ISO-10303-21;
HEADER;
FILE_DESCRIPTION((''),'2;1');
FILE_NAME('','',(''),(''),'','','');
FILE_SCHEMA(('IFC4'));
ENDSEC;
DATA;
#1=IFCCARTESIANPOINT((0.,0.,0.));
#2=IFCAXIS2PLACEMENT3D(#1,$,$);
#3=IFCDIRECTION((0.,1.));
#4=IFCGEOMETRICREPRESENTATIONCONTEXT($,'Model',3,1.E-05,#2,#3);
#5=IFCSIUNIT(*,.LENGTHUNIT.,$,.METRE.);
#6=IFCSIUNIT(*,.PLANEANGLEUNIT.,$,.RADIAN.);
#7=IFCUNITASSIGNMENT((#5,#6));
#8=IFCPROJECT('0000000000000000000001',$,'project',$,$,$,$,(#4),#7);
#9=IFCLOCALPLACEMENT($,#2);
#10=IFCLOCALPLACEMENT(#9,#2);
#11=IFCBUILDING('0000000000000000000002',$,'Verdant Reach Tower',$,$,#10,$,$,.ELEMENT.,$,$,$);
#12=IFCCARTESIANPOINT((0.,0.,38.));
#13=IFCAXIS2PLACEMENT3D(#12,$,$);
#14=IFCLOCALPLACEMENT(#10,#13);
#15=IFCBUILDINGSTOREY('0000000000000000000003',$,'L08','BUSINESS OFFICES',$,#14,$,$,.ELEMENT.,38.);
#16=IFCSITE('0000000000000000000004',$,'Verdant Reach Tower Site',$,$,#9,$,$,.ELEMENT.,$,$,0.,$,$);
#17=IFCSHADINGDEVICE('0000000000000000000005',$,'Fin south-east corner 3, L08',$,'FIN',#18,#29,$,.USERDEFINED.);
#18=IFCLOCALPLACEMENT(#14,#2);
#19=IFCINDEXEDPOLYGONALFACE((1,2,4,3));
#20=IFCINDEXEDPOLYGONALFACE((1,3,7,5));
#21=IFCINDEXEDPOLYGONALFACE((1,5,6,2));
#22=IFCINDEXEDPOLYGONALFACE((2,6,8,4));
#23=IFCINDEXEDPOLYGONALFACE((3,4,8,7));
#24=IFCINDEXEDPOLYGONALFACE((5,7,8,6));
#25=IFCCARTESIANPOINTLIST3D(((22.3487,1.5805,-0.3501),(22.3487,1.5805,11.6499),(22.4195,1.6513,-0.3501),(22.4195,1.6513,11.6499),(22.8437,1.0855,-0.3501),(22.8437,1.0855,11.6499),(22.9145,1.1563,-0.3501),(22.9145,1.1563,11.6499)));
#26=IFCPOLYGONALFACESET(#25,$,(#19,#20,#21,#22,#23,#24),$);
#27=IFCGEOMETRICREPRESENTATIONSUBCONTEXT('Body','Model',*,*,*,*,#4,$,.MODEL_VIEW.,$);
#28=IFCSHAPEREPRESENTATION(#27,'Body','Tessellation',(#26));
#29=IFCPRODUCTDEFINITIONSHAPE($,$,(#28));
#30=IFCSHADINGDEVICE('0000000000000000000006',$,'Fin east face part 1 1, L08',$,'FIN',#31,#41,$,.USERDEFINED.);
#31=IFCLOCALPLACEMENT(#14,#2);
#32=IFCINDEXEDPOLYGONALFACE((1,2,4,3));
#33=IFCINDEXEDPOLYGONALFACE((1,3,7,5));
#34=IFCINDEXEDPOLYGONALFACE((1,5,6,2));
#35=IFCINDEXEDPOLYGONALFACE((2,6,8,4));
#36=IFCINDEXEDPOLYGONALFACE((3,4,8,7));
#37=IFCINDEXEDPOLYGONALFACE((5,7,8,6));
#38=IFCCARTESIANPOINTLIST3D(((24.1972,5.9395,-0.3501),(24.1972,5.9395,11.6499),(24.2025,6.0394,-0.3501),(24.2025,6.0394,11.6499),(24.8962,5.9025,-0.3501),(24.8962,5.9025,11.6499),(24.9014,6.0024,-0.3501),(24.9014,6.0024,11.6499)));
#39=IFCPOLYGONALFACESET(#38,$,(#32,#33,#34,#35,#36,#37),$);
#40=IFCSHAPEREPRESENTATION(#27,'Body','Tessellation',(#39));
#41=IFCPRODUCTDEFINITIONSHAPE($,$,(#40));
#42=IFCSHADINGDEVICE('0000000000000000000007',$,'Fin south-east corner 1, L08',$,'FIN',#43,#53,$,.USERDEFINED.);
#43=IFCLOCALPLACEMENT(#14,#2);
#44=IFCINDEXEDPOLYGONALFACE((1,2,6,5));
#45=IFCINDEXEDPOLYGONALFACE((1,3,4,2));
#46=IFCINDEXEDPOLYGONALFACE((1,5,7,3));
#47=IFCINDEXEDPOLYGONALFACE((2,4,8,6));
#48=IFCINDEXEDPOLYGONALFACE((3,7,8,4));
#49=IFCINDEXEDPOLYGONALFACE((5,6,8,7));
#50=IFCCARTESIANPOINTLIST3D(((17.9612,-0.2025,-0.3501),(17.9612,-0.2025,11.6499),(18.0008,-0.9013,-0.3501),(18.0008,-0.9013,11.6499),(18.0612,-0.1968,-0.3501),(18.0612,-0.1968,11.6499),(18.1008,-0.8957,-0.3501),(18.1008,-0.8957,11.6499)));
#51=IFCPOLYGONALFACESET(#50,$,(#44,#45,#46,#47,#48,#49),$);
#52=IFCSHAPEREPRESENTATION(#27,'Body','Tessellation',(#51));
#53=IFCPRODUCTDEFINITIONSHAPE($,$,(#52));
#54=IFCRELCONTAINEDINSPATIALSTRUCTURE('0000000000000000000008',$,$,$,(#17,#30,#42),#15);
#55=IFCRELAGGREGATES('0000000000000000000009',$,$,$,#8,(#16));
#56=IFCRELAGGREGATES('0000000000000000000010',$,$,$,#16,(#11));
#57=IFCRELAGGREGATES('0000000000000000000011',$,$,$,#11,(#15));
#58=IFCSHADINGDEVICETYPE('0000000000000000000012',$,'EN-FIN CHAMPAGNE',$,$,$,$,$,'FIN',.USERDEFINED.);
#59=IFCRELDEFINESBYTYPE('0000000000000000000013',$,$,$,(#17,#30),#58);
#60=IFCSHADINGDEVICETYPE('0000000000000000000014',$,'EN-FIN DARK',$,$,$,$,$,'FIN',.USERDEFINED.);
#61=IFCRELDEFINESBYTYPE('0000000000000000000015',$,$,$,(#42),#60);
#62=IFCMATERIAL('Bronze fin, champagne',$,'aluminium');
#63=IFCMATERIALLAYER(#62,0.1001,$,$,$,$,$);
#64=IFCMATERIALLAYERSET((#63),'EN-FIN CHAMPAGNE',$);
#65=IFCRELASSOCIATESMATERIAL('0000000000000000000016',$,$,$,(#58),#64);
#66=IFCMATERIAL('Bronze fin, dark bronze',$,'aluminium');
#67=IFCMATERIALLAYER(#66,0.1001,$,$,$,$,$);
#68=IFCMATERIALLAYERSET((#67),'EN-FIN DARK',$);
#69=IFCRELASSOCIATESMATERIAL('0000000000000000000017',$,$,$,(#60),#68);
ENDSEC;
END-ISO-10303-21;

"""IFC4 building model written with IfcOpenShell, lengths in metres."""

from ifc_helpers import new_model, si_unit, direction, frame, origin, origin_2d, place, context, subcontext, project, spatial, rectangle, extrude, material, layer, layer_set, type_object, element, save


model = new_model("IFC4")

# Units and contexts
model_context = context("Model", 3, precision=1e-05, world=origin(), true_north=direction((0.0, 1.0)))
body_context = subcontext(model_context, "Body", "Model", "MODEL_VIEW")
ifc_project = project(units=[si_unit("LENGTHUNIT", "METRE"), si_unit("PLANEANGLEUNIT", "RADIAN")], contexts=[model_context])

# Site, building, storey
site_placement = place(None, origin())
site = spatial("IfcSite", under=ifc_project, at=site_placement, Name="Verdant Reach Tower Site", CompositionType="ELEMENT", RefElevation=0.0)
building_placement = place(site_placement, origin())
building = spatial("IfcBuilding", under=site, at=building_placement, Name="Verdant Reach Tower", CompositionType="ELEMENT")
storey_placement = place(building_placement, frame((0.0, 0.0, 38.0)))
storey = spatial("IfcBuildingStorey", under=building, at=storey_placement, Name="L08", Description="BUSINESS OFFICES", CompositionType="ELEMENT", Elevation=38.0)

# Shading devices
ifc_material_1 = material(Name="Bronze fin, champagne", Category="aluminium")
ifc_layer_1 = layer(ifc_material_1, 0.1001)
ifc_layer_set_1 = layer_set([ifc_layer_1], Name="EN-FIN CHAMPAGNE")
shading_device_type_1 = type_object("IfcShadingDeviceType", Name="EN-FIN CHAMPAGNE", ElementType="FIN", PredefinedType="USERDEFINED", material=ifc_layer_set_1)
for number, where, z_axis, x_axis, name in (
    (1, (22.6316, 1.3684, -0.3501), (0.0, 0.0, 1.0), (0.707107, 0.707107, 0.0), "Fin south-east corner 3, L08"),
    (2, (24.5493, 5.9709, -0.3501), (0.0, 0.0, 1.0), (0.052815, 0.998604, 0.0), "Fin east face part 1 1, L08"),
):
    element("IfcShadingDevice", number, at=place(storey_placement, frame(where, z_axis=z_axis, x_axis=x_axis)), inside=storey, type_object=shading_device_type_1, Name=name, ObjectType="FIN", PredefinedType="USERDEFINED", context=body_context, shape_type="SweptSolid", body=[
        extrude(rectangle(XDim=0.1001, YDim=0.7, at=origin_2d()), origin(), (0.0, 0.0, 1.0), 12.0),
    ])
ifc_material_2 = material(Name="Bronze fin, dark bronze", Category="aluminium")
ifc_layer_2 = layer(ifc_material_2, 0.1001)
ifc_layer_set_2 = layer_set([ifc_layer_2], Name="EN-FIN DARK")
shading_device_type_2 = type_object("IfcShadingDeviceType", Name="EN-FIN DARK", ElementType="FIN", PredefinedType="USERDEFINED", material=ifc_layer_set_2)
shading_device_placement = place(storey_placement, frame((18.031, -0.5491, -0.3501), z_axis=(0.0, 0.0, 1.0), x_axis=(0.998399, 0.056569, 0.0)))
element("IfcShadingDevice", 3, at=shading_device_placement, inside=storey, type_object=shading_device_type_2, Name="Fin south-east corner 1, L08", ObjectType="FIN", PredefinedType="USERDEFINED", context=body_context, shape_type="SweptSolid", body=[
    extrude(rectangle(XDim=0.1001, YDim=0.7, at=origin_2d()), origin(), (0.0, 0.0, 1.0), 12.0),
])

save(model, "model.ifc")
